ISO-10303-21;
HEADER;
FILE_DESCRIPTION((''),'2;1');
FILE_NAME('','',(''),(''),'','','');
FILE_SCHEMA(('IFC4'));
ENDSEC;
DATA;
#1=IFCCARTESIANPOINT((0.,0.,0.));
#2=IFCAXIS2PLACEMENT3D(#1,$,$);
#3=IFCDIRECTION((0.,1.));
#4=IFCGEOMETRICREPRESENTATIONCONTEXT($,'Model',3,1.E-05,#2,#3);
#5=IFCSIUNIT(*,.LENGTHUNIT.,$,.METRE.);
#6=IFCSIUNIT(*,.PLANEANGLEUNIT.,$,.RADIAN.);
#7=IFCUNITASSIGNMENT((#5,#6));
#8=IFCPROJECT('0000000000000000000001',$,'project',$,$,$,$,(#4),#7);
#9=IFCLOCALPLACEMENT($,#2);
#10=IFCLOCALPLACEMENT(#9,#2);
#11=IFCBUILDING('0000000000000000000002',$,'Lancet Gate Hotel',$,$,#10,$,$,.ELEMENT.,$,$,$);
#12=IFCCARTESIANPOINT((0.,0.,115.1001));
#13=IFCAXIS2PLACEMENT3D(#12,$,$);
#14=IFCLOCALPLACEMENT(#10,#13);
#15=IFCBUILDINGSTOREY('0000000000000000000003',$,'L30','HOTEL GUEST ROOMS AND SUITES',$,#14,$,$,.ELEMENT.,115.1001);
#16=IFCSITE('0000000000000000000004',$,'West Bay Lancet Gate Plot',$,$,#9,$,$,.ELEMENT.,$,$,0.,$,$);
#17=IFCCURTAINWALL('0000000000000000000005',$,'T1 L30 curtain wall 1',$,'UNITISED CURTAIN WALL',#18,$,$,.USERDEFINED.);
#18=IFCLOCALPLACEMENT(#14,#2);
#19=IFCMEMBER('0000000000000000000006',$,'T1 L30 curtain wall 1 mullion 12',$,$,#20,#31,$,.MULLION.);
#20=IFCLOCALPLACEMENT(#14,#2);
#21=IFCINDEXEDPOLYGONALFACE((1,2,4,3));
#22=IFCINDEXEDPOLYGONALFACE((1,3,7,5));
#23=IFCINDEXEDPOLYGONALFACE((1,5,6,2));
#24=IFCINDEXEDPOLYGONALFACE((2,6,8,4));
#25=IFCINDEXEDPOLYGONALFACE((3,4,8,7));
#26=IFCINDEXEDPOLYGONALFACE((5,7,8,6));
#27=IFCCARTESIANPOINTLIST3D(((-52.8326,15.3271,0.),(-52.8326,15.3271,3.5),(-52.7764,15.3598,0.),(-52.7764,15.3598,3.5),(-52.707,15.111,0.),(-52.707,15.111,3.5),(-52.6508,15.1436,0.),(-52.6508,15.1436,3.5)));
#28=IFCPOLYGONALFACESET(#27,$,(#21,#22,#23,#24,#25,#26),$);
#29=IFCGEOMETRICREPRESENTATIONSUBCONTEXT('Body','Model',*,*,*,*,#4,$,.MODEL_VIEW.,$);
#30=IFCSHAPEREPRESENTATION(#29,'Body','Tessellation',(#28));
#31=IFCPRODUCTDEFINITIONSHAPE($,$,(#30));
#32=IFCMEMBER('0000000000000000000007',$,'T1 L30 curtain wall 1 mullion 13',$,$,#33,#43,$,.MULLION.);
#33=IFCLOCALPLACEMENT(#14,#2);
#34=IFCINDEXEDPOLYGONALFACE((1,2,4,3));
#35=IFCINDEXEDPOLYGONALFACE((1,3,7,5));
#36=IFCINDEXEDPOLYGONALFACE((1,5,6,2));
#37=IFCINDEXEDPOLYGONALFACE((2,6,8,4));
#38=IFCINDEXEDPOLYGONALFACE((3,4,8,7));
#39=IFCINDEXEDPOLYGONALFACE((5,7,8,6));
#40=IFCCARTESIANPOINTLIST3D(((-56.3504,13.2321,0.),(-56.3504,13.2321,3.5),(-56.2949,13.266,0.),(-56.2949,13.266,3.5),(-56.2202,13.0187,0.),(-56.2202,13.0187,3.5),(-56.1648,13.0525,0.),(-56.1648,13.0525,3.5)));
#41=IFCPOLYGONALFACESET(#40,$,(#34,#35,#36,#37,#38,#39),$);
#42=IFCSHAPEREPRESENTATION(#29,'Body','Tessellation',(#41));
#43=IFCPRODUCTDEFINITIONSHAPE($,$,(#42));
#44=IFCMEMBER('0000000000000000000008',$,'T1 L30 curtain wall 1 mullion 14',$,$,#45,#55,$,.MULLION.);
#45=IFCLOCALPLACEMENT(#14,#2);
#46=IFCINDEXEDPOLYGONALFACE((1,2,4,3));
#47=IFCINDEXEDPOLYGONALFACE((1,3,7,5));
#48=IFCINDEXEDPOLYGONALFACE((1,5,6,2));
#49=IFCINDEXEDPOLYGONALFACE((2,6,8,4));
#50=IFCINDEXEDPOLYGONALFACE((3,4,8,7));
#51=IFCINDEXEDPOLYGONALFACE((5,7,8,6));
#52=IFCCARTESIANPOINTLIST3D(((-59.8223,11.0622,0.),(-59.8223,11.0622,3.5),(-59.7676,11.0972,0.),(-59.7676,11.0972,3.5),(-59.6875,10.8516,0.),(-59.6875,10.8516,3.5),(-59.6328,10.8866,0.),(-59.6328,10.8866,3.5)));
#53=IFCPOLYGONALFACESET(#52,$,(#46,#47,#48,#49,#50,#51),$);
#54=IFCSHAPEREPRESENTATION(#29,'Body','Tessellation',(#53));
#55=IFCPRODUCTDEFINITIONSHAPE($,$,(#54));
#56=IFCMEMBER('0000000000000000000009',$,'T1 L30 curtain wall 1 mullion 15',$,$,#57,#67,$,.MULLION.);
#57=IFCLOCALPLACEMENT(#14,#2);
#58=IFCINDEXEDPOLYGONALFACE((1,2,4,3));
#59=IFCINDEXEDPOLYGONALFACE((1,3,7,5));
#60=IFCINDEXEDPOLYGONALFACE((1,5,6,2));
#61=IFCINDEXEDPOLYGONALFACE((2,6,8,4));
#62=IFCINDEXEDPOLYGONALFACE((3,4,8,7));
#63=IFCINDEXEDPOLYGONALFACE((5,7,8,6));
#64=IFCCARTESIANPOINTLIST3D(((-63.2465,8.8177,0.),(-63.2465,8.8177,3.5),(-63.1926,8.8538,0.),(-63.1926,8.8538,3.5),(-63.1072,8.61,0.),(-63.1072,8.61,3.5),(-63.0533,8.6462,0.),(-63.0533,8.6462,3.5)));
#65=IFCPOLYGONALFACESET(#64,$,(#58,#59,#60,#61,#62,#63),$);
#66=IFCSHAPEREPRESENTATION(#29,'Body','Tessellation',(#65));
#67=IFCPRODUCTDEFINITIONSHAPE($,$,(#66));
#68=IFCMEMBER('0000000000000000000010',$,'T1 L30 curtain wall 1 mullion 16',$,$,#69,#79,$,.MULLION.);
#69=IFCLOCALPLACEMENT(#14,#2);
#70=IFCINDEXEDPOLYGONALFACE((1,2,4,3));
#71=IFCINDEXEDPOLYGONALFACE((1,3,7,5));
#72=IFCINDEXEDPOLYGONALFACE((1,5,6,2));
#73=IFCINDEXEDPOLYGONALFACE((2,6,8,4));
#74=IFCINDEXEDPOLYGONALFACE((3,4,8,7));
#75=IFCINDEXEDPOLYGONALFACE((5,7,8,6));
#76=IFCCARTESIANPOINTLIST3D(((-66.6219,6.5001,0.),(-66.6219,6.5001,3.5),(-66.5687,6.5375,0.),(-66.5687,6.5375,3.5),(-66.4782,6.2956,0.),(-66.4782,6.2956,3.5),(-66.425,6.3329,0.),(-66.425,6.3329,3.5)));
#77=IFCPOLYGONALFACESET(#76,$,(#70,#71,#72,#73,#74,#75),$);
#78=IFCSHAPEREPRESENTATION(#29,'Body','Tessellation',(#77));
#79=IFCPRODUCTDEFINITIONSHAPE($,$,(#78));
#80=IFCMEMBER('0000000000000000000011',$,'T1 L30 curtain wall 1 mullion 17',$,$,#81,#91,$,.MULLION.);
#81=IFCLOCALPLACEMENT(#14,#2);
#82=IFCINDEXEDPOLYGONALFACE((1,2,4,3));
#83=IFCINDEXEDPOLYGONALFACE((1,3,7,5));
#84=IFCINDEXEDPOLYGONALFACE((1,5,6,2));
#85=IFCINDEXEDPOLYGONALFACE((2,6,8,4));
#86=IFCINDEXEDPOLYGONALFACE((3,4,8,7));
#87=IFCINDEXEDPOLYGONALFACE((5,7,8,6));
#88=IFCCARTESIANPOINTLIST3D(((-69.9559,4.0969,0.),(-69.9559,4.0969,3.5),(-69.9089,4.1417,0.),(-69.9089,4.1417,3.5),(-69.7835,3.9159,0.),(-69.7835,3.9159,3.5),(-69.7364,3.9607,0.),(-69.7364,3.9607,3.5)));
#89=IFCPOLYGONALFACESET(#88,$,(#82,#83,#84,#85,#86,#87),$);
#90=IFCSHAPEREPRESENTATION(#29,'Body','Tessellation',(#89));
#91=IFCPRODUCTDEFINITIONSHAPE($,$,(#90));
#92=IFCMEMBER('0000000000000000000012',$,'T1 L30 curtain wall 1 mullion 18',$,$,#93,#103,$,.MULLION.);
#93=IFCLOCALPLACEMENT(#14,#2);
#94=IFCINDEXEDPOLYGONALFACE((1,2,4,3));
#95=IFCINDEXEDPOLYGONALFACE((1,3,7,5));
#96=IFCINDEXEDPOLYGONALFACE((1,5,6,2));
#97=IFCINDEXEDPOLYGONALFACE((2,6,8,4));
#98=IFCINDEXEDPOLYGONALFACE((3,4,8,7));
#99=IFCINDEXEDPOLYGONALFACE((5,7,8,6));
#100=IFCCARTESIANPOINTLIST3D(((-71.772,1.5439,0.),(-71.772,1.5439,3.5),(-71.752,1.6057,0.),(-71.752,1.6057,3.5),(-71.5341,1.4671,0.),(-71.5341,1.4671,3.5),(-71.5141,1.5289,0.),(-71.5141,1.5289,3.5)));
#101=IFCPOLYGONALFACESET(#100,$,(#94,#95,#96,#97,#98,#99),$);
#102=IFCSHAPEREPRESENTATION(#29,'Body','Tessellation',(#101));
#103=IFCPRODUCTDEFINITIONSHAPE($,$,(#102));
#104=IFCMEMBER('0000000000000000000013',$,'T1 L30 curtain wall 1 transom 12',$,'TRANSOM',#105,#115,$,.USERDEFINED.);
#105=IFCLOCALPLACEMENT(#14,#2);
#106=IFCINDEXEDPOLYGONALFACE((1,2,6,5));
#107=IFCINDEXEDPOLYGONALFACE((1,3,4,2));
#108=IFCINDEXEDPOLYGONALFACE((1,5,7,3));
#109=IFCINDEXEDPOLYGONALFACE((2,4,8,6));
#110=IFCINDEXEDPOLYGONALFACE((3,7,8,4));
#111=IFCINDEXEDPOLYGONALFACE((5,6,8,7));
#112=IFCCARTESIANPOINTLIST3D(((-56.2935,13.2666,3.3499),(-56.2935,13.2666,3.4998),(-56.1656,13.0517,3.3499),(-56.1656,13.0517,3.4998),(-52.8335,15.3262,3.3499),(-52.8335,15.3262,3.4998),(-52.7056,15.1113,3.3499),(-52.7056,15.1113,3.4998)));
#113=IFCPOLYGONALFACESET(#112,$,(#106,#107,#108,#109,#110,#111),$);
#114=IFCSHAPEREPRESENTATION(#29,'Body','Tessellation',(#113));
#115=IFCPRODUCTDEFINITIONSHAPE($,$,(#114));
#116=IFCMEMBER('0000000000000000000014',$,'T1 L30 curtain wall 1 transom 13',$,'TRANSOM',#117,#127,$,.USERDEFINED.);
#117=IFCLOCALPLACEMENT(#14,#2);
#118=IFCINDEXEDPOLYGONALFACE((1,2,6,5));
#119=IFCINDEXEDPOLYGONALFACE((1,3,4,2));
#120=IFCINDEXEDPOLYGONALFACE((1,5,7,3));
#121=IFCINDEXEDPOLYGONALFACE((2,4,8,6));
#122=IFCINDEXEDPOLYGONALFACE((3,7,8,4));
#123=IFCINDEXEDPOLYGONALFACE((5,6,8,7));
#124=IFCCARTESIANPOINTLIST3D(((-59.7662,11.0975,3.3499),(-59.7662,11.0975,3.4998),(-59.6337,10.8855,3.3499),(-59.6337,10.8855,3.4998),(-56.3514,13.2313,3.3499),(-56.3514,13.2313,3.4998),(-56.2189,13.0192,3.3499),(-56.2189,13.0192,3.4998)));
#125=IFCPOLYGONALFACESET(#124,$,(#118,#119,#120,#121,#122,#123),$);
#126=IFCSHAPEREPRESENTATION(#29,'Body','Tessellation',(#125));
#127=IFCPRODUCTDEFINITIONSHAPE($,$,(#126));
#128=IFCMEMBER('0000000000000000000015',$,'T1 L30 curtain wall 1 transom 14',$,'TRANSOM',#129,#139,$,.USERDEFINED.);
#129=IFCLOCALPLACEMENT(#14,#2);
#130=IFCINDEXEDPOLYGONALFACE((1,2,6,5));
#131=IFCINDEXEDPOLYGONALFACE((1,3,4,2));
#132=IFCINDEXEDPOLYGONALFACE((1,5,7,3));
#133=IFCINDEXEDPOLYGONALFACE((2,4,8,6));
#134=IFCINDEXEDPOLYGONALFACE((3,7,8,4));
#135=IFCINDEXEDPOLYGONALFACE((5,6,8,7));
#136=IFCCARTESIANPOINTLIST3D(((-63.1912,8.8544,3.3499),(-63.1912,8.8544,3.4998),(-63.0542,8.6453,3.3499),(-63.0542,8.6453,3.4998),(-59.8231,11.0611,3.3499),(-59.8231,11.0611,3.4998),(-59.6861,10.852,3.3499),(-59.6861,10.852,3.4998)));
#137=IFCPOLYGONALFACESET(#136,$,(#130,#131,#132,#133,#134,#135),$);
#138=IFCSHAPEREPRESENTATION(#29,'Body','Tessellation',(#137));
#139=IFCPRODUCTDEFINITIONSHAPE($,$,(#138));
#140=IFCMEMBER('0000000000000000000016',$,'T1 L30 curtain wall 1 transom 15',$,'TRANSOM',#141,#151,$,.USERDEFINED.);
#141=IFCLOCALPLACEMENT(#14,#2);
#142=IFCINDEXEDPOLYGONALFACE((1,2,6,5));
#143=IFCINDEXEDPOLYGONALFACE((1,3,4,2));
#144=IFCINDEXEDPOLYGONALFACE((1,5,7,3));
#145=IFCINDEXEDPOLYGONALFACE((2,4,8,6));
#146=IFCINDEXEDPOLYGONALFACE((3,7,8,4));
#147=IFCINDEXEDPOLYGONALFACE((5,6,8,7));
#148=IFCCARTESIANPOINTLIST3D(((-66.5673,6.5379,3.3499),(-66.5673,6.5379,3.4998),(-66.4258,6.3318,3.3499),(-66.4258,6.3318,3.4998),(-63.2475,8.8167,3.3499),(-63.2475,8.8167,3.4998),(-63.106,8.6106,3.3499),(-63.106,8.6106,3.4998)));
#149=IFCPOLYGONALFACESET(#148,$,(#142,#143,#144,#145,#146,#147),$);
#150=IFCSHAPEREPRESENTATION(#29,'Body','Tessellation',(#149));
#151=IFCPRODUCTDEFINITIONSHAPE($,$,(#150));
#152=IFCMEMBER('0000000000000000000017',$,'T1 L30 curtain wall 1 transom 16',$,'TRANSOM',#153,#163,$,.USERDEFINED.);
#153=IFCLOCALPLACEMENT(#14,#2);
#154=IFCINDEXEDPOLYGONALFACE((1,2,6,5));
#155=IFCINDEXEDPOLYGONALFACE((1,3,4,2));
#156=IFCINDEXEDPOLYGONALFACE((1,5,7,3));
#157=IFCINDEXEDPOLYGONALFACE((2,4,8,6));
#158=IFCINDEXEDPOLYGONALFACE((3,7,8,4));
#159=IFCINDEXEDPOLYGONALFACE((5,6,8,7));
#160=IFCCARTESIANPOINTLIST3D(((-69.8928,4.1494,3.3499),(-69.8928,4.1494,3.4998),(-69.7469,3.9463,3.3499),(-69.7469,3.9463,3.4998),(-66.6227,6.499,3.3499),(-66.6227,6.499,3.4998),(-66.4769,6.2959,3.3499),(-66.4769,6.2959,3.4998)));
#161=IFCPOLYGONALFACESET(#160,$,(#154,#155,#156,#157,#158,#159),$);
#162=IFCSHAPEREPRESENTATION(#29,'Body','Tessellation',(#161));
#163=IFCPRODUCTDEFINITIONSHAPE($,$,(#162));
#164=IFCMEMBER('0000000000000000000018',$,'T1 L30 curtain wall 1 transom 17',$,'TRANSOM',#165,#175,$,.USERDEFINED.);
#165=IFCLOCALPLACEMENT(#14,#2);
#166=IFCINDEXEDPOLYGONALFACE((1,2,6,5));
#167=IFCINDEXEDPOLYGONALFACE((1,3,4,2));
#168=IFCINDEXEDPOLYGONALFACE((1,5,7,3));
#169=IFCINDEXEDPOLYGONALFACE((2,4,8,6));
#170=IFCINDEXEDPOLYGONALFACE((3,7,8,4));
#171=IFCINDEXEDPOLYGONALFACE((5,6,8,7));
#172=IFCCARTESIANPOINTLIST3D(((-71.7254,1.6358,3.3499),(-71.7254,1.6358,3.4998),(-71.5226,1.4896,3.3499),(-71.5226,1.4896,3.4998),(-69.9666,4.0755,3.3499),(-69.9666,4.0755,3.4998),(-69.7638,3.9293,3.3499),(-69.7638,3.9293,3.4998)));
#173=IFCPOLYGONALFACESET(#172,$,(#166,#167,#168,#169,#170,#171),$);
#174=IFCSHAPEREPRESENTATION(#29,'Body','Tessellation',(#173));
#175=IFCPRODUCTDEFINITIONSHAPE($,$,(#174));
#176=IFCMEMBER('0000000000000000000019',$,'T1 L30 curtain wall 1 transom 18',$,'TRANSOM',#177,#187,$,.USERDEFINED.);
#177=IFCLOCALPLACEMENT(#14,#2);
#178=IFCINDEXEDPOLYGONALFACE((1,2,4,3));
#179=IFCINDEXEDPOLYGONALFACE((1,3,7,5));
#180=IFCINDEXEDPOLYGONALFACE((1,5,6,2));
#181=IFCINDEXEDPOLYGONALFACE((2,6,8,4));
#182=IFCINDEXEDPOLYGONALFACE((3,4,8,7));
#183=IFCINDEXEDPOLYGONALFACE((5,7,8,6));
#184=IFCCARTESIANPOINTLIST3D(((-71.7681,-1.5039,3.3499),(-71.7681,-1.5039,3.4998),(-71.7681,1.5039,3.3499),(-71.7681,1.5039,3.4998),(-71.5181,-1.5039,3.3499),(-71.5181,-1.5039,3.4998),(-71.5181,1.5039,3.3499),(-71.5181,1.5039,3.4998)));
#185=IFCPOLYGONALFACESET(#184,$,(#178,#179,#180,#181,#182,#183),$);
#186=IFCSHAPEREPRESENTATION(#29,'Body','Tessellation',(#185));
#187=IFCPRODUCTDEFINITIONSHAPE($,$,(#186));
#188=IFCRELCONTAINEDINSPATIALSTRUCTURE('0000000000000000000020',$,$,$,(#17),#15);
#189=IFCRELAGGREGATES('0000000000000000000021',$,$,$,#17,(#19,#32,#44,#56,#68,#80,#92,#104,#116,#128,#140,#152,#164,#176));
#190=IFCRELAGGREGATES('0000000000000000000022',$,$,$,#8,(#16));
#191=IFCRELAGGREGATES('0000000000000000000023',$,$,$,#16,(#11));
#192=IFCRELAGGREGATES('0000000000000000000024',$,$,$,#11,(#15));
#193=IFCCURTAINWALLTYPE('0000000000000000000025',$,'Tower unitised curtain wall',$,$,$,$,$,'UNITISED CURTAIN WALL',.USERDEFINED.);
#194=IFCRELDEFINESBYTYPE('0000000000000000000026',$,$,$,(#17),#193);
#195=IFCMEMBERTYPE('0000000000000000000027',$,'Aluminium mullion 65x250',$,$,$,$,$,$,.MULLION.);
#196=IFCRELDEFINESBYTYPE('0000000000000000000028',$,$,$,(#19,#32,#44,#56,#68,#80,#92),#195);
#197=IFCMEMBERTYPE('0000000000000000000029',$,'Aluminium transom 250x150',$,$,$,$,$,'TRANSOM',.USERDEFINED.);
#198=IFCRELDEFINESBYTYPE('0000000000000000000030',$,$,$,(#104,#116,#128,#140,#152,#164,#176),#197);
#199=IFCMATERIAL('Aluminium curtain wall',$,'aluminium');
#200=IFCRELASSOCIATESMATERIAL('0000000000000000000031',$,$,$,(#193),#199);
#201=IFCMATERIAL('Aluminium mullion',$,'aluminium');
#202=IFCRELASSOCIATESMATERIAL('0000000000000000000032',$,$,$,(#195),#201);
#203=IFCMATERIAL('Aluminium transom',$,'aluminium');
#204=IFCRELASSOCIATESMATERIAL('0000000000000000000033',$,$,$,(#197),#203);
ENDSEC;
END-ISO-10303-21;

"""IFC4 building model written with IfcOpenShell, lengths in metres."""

from ifc_helpers import new_model, si_unit, direction, frame, origin, origin_2d, place, context, subcontext, project, spatial, rectangle, extrude, material, material_profile, profile_set, type_object, element, aggregate, save


model = new_model("IFC4")

# Units and contexts
model_context = context("Model", 3, precision=1e-05, world=origin(), true_north=direction((0.0, 1.0)))
body_context = subcontext(model_context, "Body", "Model", "MODEL_VIEW")
ifc_project = project(units=[si_unit("LENGTHUNIT", "METRE"), si_unit("PLANEANGLEUNIT", "RADIAN")], contexts=[model_context])

# Site, building, storey
site_placement = place(None, origin())
site = spatial("IfcSite", under=ifc_project, at=site_placement, Name="West Bay Lancet Gate Plot", CompositionType="ELEMENT", RefElevation=0.0)
building_placement = place(site_placement, origin())
building = spatial("IfcBuilding", under=site, at=building_placement, Name="Lancet Gate Hotel", CompositionType="ELEMENT")
storey_placement = place(building_placement, frame((0.0, 0.0, 115.1001)))
storey = spatial("IfcBuildingStorey", under=building, at=storey_placement, Name="L30", Description="HOTEL GUEST ROOMS AND SUITES", CompositionType="ELEMENT", Elevation=115.1001)

# Curtain wall, members
ifc_material_1 = material(Name="Aluminium curtain wall", Category="aluminium")
curtain_wall_type = type_object("IfcCurtainWallType", Name="Tower unitised curtain wall", ElementType="UNITISED CURTAIN WALL", PredefinedType="USERDEFINED", material=ifc_material_1)
curtain_wall_placement = place(storey_placement, origin())
curtain_wall = element("IfcCurtainWall", 1, at=curtain_wall_placement, inside=storey, type_object=curtain_wall_type, Name="T1 L30 curtain wall 1", ObjectType="UNITISED CURTAIN WALL", PredefinedType="USERDEFINED")
ifc_material_2 = material(Name="Aluminium mullion", Category="aluminium")
ifc_material_profile_1 = material_profile(ifc_material_2, rectangle(XDim=0.0649, YDim=0.25, at=origin_2d()), Name="MULLION 65x250")
ifc_profile_set_1 = profile_set([ifc_material_profile_1], Name="Aluminium mullion")
member_type_1 = type_object("IfcMemberType", Name="Aluminium mullion 65x250", PredefinedType="MULLION", material=ifc_profile_set_1)
member_1_placement = place(storey_placement, frame((-52.7417, 15.2354, 0.0), z_axis=(0.0, 0.0, 1.0), x_axis=(-0.864728, -0.502241, 0.0)))
member_1 = element("IfcMember", 2, at=member_1_placement, type_object=member_type_1, Name="T1 L30 curtain wall 1 mullion 12", PredefinedType="MULLION", context=body_context, shape_type="SweptSolid", body=[
    extrude(rectangle(XDim=0.0649, YDim=0.25, at=origin_2d()), origin(), (0.0, 0.0, 1.0), 3.5),
])
member_2_placement = place(storey_placement, frame((-56.2576, 13.1423, 0.0), z_axis=(0.0, 0.0, 1.0), x_axis=(-0.853716, -0.520739, 0.0)))
member_2 = element("IfcMember", 3, at=member_2_placement, type_object=member_type_1, Name="T1 L30 curtain wall 1 mullion 13", PredefinedType="MULLION", context=body_context, shape_type="SweptSolid", body=[
    extrude(rectangle(XDim=0.0649, YDim=0.25, at=origin_2d()), origin(), (0.0, 0.0, 1.0), 3.5),
])
member_3_placement = place(storey_placement, frame((-59.7275, 10.9744, 0.0), z_axis=(0.0, 0.0, 1.0), x_axis=(-0.842308, -0.538996, 0.0)))
member_3 = element("IfcMember", 4, at=member_3_placement, type_object=member_type_1, Name="T1 L30 curtain wall 1 mullion 14", PredefinedType="MULLION", context=body_context, shape_type="SweptSolid", body=[
    extrude(rectangle(XDim=0.0649, YDim=0.25, at=origin_2d()), origin(), (0.0, 0.0, 1.0), 3.5),
])
member_4_placement = place(storey_placement, frame((-63.1499, 8.7319, 0.0), z_axis=(0.0, 0.0, 1.0), x_axis=(-0.83051, -0.557004, 0.0)))
member_4 = element("IfcMember", 5, at=member_4_placement, type_object=member_type_1, Name="T1 L30 curtain wall 1 mullion 15", PredefinedType="MULLION", context=body_context, shape_type="SweptSolid", body=[
    extrude(rectangle(XDim=0.0649, YDim=0.25, at=origin_2d()), origin(), (0.0, 0.0, 1.0), 3.5),
])
member_5_placement = place(storey_placement, frame((-66.5234, 6.4165, 0.0), z_axis=(0.0, 0.0, 1.0), x_axis=(-0.818327, -0.574753, 0.0)))
member_5 = element("IfcMember", 6, at=member_5_placement, type_object=member_type_1, Name="T1 L30 curtain wall 1 mullion 16", PredefinedType="MULLION", context=body_context, shape_type="SweptSolid", body=[
    extrude(rectangle(XDim=0.0649, YDim=0.25, at=origin_2d()), origin(), (0.0, 0.0, 1.0), 3.5),
])
member_6_placement = place(storey_placement, frame((-69.8462, 4.0288, 0.0), z_axis=(0.0, 0.0, 1.0), x_axis=(-0.723846, -0.689961, 0.0)))
member_6 = element("IfcMember", 7, at=member_6_placement, type_object=member_type_1, Name="T1 L30 curtain wall 1 mullion 17", PredefinedType="MULLION", context=body_context, shape_type="SweptSolid", body=[
    extrude(rectangle(XDim=0.0649, YDim=0.25, at=origin_2d()), origin(), (0.0, 0.0, 1.0), 3.5),
])
member_7_placement = place(storey_placement, frame((-71.6431, 1.5364, 0.0), z_axis=(0.0, 0.0, 1.0), x_axis=(-0.307269, -0.951623, 0.0)))
member_7 = element("IfcMember", 8, at=member_7_placement, type_object=member_type_1, Name="T1 L30 curtain wall 1 mullion 18", PredefinedType="MULLION", context=body_context, shape_type="SweptSolid", body=[
    extrude(rectangle(XDim=0.0649, YDim=0.25, at=origin_2d()), origin(), (0.0, 0.0, 1.0), 3.5),
])
ifc_material_3 = material(Name="Aluminium transom", Category="aluminium")
ifc_material_profile_2 = material_profile(ifc_material_3, rectangle(XDim=0.25, YDim=0.1499, at=origin_2d()), Name="TRANSOM 250x150")
ifc_profile_set_2 = profile_set([ifc_material_profile_2], Name="Aluminium transom")
member_type_2 = type_object("IfcMemberType", Name="Aluminium transom 250x150", ElementType="TRANSOM", PredefinedType="USERDEFINED", material=ifc_profile_set_2)
member_8_placement = place(storey_placement, frame((-52.7695, 15.2188, 3.4248), z_axis=(-0.859285, -0.511497, 0.0), x_axis=(0.511497, -0.859285, 0.0)))
member_8 = element("IfcMember", 9, at=member_8_placement, type_object=member_type_2, Name="T1 L30 curtain wall 1 transom 12", ObjectType="TRANSOM", PredefinedType="USERDEFINED", context=body_context, shape_type="SweptSolid", body=[
    extrude(rectangle(XDim=0.25, YDim=0.1499, at=origin_2d()), origin(), (0.0, 0.0, 1.0), 4.0266),
])
member_9_placement = place(storey_placement, frame((-56.2852, 13.1252, 3.4248), z_axis=(-0.848049, -0.529917, 0.0), x_axis=(0.529917, -0.848049, 0.0)))
member_9 = element("IfcMember", 10, at=member_9_placement, type_object=member_type_2, Name="T1 L30 curtain wall 1 transom 13", ObjectType="TRANSOM", PredefinedType="USERDEFINED", context=body_context, shape_type="SweptSolid", body=[
    extrude(rectangle(XDim=0.25, YDim=0.1499, at=origin_2d()), origin(), (0.0, 0.0, 1.0), 4.0266),
])
member_10_placement = place(storey_placement, frame((-59.7546, 10.9565, 3.4248), z_axis=(-0.836454, -0.548036, 0.0), x_axis=(0.548036, -0.836454, 0.0)))
member_10 = element("IfcMember", 11, at=member_10_placement, type_object=member_type_2, Name="T1 L30 curtain wall 1 transom 14", ObjectType="TRANSOM", PredefinedType="USERDEFINED", context=body_context, shape_type="SweptSolid", body=[
    extrude(rectangle(XDim=0.25, YDim=0.1499, at=origin_2d()), origin(), (0.0, 0.0, 1.0), 4.0266),
])
member_11_placement = place(storey_placement, frame((-63.1768, 8.7136, 3.4248), z_axis=(-0.824456, -0.565927, 0.0), x_axis=(0.565927, -0.824456, 0.0)))
member_11 = element("IfcMember", 12, at=member_11_placement, type_object=member_type_2, Name="T1 L30 curtain wall 1 transom 15", ObjectType="TRANSOM", PredefinedType="USERDEFINED", context=body_context, shape_type="SweptSolid", body=[
    extrude(rectangle(XDim=0.25, YDim=0.1499, at=origin_2d()), origin(), (0.0, 0.0, 1.0), 4.0266),
])
member_12_placement = place(storey_placement, frame((-66.5498, 6.3975, 3.4248), z_axis=(-0.8121, -0.583519, 0.0), x_axis=(0.583519, -0.8121, 0.0)))
member_12 = element("IfcMember", 13, at=member_12_placement, type_object=member_type_2, Name="T1 L30 curtain wall 1 transom 16", ObjectType="TRANSOM", PredefinedType="USERDEFINED", context=body_context, shape_type="SweptSolid", body=[
    extrude(rectangle(XDim=0.25, YDim=0.1499, at=origin_2d()), origin(), (0.0, 0.0, 1.0), 4.0266),
])
member_13_placement = place(storey_placement, frame((-69.8652, 4.0024, 3.4248), z_axis=(-0.584788, -0.811186, 0.0), x_axis=(0.811186, -0.584788, 0.0)))
member_13 = element("IfcMember", 14, at=member_13_placement, type_object=member_type_2, Name="T1 L30 curtain wall 1 transom 17", ObjectType="TRANSOM", PredefinedType="USERDEFINED", context=body_context, shape_type="SweptSolid", body=[
    extrude(rectangle(XDim=0.25, YDim=0.1499, at=origin_2d()), origin(), (0.0, 0.0, 1.0), 3.0076),
])
member_14_placement = place(storey_placement, frame((-71.6431, 1.5039, 3.4248), z_axis=(0.0, -1.0, 0.0), x_axis=(1.0, 0.0, 0.0)))
member_14 = element("IfcMember", 15, at=member_14_placement, type_object=member_type_2, Name="T1 L30 curtain wall 1 transom 18", ObjectType="TRANSOM", PredefinedType="USERDEFINED", context=body_context, shape_type="SweptSolid", body=[
    extrude(rectangle(XDim=0.25, YDim=0.1499, at=origin_2d()), origin(), (0.0, 0.0, 1.0), 3.0078),
])

aggregate(curtain_wall, [member_1, member_2, member_3, member_4, member_5, member_6, member_7, member_8, member_9, member_10, member_11, member_12, member_13, member_14])

save(model, "model.ifc")
